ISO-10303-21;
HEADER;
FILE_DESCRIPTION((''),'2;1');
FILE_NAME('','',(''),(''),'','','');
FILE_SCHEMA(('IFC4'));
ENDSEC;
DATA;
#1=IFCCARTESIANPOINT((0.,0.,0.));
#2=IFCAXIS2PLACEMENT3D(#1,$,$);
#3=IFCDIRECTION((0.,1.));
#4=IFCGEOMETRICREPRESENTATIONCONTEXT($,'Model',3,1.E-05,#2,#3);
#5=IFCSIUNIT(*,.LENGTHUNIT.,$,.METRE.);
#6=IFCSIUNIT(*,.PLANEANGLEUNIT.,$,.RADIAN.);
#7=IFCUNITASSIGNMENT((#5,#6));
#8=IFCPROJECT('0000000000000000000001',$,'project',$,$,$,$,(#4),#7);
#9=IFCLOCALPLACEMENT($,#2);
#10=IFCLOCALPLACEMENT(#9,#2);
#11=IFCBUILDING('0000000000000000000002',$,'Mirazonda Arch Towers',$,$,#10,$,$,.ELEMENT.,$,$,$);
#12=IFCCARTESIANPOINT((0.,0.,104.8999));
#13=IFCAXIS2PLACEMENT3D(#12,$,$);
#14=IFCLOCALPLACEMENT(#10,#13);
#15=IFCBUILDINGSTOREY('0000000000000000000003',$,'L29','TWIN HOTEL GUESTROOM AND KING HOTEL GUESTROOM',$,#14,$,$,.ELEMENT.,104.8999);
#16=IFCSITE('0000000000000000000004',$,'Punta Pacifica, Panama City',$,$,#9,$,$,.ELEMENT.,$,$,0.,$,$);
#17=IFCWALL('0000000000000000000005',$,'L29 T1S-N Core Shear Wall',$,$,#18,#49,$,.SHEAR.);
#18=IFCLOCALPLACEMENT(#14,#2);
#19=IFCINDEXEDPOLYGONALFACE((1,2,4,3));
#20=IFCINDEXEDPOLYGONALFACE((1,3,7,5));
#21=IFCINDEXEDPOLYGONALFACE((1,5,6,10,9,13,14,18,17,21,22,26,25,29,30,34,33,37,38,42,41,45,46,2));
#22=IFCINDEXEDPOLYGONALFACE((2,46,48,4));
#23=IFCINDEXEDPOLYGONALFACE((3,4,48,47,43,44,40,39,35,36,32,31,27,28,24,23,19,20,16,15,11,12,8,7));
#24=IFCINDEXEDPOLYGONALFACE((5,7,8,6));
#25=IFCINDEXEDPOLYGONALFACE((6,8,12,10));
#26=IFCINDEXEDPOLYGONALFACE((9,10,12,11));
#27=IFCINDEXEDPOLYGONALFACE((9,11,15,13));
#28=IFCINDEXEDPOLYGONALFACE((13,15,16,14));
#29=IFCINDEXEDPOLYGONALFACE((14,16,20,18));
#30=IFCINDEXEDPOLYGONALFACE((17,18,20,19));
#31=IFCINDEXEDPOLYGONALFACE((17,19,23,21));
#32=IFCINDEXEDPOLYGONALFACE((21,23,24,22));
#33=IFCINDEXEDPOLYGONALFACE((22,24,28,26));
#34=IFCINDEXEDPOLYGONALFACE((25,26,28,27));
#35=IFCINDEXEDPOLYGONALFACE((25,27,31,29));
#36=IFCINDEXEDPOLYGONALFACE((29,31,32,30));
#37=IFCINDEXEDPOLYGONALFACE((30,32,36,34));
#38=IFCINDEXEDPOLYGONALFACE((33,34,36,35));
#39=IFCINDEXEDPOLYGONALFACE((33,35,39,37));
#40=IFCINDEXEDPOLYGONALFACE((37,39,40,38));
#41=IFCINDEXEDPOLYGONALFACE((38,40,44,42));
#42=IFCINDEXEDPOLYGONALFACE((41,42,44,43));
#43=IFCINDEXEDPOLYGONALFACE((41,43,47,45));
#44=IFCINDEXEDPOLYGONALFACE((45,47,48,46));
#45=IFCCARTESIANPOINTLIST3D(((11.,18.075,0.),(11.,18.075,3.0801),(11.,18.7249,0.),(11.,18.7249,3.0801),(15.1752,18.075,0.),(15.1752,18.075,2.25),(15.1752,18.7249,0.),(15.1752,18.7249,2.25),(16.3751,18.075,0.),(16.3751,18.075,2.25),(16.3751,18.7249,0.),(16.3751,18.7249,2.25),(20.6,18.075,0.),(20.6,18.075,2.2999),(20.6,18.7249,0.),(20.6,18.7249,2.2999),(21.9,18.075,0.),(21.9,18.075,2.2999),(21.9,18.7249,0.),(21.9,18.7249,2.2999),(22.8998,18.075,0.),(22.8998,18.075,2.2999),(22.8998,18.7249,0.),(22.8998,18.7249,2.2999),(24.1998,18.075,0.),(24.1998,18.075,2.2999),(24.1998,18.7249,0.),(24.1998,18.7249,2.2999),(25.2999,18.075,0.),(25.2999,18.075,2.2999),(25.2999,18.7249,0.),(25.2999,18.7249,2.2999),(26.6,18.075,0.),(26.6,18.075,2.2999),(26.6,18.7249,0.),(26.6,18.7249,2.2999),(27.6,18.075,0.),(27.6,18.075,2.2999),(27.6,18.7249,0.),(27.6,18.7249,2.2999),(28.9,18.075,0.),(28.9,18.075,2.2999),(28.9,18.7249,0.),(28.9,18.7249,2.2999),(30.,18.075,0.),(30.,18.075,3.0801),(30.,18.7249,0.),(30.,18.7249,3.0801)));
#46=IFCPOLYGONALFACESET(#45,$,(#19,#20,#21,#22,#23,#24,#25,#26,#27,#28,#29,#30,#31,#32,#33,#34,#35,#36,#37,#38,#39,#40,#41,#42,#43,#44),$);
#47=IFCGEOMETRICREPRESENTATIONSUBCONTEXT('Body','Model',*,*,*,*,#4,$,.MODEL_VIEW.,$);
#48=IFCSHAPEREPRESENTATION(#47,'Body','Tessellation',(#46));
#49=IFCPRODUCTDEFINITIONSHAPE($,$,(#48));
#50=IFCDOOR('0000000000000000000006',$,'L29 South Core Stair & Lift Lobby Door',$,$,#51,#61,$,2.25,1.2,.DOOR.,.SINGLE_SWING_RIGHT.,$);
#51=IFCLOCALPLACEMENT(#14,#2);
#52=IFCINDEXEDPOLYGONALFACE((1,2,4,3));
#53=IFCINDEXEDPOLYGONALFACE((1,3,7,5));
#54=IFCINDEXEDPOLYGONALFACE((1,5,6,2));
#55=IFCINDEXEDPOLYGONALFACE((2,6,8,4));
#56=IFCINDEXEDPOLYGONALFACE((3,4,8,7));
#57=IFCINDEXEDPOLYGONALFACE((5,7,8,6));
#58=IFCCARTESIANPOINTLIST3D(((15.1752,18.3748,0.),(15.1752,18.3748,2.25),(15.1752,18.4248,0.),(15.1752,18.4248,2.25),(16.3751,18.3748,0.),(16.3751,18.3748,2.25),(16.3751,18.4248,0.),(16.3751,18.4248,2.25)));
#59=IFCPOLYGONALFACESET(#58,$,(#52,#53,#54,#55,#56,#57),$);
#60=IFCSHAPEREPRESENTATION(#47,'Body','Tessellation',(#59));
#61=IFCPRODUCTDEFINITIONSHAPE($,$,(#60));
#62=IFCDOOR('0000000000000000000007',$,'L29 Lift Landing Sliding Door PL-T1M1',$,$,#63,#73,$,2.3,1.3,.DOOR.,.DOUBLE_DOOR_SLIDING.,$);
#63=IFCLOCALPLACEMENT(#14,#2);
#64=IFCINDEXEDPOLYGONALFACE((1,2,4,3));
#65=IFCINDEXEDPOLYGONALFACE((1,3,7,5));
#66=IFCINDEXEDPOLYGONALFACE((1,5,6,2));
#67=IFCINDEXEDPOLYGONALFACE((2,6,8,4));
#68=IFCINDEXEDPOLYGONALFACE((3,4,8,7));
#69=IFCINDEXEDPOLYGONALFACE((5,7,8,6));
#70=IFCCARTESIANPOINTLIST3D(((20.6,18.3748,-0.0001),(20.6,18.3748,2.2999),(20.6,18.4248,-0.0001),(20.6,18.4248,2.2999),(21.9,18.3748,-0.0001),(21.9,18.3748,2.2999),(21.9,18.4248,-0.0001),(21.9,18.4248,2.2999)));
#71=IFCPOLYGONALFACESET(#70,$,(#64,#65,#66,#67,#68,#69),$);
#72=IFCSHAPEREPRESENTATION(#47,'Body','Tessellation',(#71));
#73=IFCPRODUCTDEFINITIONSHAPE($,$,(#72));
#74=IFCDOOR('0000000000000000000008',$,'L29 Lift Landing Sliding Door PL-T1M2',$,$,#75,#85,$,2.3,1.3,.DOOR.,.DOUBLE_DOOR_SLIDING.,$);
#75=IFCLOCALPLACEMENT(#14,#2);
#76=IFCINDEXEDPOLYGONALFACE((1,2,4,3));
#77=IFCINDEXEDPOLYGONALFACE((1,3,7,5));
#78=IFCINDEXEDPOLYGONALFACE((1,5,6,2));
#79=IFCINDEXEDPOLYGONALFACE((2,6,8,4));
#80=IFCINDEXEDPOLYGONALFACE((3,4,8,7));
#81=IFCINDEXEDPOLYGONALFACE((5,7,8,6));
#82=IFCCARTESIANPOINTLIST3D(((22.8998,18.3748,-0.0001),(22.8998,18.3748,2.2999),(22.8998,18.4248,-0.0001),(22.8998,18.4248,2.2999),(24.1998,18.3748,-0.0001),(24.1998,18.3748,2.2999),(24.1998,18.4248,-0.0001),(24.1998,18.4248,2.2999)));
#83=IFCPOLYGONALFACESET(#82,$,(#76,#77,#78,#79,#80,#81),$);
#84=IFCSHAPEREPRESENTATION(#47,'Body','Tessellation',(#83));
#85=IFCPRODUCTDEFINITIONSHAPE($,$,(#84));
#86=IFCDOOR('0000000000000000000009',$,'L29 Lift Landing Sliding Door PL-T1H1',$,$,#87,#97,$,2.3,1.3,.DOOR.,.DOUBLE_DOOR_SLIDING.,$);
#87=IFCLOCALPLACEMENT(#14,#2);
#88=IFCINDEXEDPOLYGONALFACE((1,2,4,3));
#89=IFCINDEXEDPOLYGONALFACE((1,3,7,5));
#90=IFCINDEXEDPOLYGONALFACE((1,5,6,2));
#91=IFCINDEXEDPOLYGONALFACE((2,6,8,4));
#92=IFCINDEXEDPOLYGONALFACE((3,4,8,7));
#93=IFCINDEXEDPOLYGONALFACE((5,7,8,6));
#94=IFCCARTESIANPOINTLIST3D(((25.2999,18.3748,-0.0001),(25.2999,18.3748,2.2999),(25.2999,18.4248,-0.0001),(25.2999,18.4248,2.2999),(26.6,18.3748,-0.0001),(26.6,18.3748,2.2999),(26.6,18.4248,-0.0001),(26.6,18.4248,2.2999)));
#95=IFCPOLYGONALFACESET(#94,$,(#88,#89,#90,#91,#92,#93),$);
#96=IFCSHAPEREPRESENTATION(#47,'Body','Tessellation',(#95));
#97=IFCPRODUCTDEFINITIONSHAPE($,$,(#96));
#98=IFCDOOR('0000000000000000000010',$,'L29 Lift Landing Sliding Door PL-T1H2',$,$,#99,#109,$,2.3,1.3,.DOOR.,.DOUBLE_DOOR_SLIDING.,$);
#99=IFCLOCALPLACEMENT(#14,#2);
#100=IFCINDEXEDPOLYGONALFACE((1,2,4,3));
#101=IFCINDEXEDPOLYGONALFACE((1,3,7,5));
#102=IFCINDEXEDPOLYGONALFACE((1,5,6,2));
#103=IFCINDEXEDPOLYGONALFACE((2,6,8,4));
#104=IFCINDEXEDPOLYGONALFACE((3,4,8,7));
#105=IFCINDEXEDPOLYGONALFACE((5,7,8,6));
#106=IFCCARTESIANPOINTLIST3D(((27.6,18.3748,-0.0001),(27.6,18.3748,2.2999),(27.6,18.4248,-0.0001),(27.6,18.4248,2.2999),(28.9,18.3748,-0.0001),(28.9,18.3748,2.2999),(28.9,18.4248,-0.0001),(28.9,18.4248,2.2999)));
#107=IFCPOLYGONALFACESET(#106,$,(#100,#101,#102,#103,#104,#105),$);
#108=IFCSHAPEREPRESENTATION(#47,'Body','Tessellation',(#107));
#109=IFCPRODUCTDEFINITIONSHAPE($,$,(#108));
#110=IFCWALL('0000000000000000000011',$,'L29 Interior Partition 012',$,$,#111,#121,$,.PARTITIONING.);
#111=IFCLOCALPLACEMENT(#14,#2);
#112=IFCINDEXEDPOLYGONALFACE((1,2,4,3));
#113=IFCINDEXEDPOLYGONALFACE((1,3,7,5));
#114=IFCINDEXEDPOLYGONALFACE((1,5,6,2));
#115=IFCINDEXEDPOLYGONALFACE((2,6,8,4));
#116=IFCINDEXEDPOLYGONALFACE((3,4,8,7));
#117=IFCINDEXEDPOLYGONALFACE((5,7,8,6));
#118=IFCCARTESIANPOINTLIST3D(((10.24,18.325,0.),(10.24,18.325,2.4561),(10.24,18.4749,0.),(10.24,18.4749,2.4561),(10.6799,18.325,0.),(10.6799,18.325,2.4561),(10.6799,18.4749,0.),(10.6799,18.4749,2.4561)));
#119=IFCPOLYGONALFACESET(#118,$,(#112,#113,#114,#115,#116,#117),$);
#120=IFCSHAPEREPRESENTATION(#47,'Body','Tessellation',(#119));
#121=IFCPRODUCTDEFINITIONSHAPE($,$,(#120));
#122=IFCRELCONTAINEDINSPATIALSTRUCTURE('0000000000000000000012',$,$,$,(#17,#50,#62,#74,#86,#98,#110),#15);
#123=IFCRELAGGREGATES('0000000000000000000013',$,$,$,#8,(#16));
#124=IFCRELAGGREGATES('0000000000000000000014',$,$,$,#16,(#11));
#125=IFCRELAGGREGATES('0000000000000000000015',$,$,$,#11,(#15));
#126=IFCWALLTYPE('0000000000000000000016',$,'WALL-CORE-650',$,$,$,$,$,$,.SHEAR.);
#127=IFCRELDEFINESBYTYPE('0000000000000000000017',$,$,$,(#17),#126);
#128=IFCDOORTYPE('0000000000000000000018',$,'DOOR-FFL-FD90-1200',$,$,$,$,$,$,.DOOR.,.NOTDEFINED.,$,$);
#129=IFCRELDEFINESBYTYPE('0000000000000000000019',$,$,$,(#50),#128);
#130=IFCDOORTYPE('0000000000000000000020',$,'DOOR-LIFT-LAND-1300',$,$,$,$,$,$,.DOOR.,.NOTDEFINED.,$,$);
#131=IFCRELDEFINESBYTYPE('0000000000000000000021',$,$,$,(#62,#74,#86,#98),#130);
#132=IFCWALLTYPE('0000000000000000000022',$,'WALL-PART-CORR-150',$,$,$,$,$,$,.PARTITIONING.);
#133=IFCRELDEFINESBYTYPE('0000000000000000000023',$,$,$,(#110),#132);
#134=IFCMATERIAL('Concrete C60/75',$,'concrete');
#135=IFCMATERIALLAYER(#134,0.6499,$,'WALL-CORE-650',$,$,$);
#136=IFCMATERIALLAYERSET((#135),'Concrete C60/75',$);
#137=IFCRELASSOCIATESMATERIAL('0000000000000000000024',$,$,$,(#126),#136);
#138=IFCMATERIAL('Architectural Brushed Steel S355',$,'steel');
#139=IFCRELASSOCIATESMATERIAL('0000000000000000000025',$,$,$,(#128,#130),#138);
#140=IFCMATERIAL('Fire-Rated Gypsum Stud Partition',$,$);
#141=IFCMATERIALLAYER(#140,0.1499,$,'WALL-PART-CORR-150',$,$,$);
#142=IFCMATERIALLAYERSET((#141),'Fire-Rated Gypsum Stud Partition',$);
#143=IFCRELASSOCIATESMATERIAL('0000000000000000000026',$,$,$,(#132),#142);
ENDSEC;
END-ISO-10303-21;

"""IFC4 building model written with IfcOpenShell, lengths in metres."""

from ifc_helpers import new_model, si_unit, direction, frame, frame_2d, origin, place, context, subcontext, project, spatial, rectangle, extrude, material, layer, layer_set, type_object, element, fill, save


model = new_model("IFC4")

# Units and contexts
model_context = context("Model", 3, precision=1e-05, world=origin(), true_north=direction((0.0, 1.0)))
body_context = subcontext(model_context, "Body", "Model", "MODEL_VIEW")
ifc_project = project(units=[si_unit("LENGTHUNIT", "METRE"), si_unit("PLANEANGLEUNIT", "RADIAN")], contexts=[model_context])

# Site, building, storey
site_placement = place(None, origin())
site = spatial("IfcSite", under=ifc_project, at=site_placement, Name="Punta Pacifica, Panama City", CompositionType="ELEMENT", RefElevation=0.0)
building_placement = place(site_placement, origin())
building = spatial("IfcBuilding", under=site, at=building_placement, Name="Mirazonda Arch Towers", CompositionType="ELEMENT")
storey_placement = place(building_placement, frame((0.0, 0.0, 104.8999)))
storey = spatial("IfcBuildingStorey", under=building, at=storey_placement, Name="L29", Description="TWIN HOTEL GUESTROOM AND KING HOTEL GUESTROOM", CompositionType="ELEMENT", Elevation=104.8999)

# Shared definitions
ifc_material_1 = material(Name="Architectural Brushed Steel S355", Category="steel")

# Wall, openings, doors
ifc_material_2 = material(Name="Concrete C60/75", Category="concrete")
ifc_layer_1 = layer(ifc_material_2, 0.6499, Name="WALL-CORE-650")
ifc_layer_set_1 = layer_set([ifc_layer_1], Name="Concrete C60/75")
wall_type_1 = type_object("IfcWallType", Name="WALL-CORE-650", PredefinedType="SHEAR", material=ifc_layer_set_1)
wall_1_placement = place(storey_placement, frame((11.0, 18.3999, 0.0), z_axis=(0.0, 0.0, 1.0), x_axis=(1.0, 0.0, 0.0)))
wall_1 = element("IfcWall", 1, at=wall_1_placement, inside=storey, type_object=wall_type_1, Name="L29 T1S-N Core Shear Wall", PredefinedType="SHEAR", context=body_context, shape_type="SweptSolid", body=[
    extrude(rectangle(XDim=19.0, YDim=0.6499, at=frame_2d((9.5, 0.0))), origin(), (0.0, 0.0, 1.0), 3.0801),
])
opening_1_placement = place(wall_1_placement, frame((4.175, 0.0, 0.0)))
opening_1 = element("IfcOpeningElement", 2, at=opening_1_placement, cuts=wall_1, PredefinedType="OPENING", context=body_context, shape_type="SweptSolid", body=[
    extrude(rectangle(XDim=1.2, YDim=2.25, at=frame_2d((0.6001, 1.125))), frame((0.0, 0.335, 0.0), z_axis=(0.0, -1.0, 0.0), x_axis=(1.0, 0.0, 0.0)), (0.0, 0.0, 1.0), 0.6699),
])
opening_2_placement = place(wall_1_placement, frame((9.6001, 0.0, 0.0)))
opening_2 = element("IfcOpeningElement", 3, at=opening_2_placement, cuts=wall_1, PredefinedType="OPENING", context=body_context, shape_type="SweptSolid", body=[
    extrude(rectangle(XDim=1.3, YDim=2.3, at=frame_2d((0.6499, 1.1499))), frame((0.0, 0.335, 0.0), z_axis=(0.0, -1.0, 0.0), x_axis=(1.0, 0.0, 0.0)), (0.0, 0.0, 1.0), 0.6699),
])
opening_3_placement = place(wall_1_placement, frame((11.8999, 0.0, 0.0)))
opening_3 = element("IfcOpeningElement", 4, at=opening_3_placement, cuts=wall_1, PredefinedType="OPENING", context=body_context, shape_type="SweptSolid", body=[
    extrude(rectangle(XDim=1.3, YDim=2.3, at=frame_2d((0.6499, 1.1499))), frame((0.0, 0.335, 0.0), z_axis=(0.0, -1.0, 0.0), x_axis=(1.0, 0.0, 0.0)), (0.0, 0.0, 1.0), 0.6699),
])
opening_4_placement = place(wall_1_placement, frame((14.3, 0.0, 0.0)))
opening_4 = element("IfcOpeningElement", 5, at=opening_4_placement, cuts=wall_1, PredefinedType="OPENING", context=body_context, shape_type="SweptSolid", body=[
    extrude(rectangle(XDim=1.3, YDim=2.3, at=frame_2d((0.6499, 1.1499))), frame((0.0, 0.335, 0.0), z_axis=(0.0, -1.0, 0.0), x_axis=(1.0, 0.0, 0.0)), (0.0, 0.0, 1.0), 0.6699),
])
opening_5_placement = place(wall_1_placement, frame((16.6001, 0.0, 0.0)))
opening_5 = element("IfcOpeningElement", 6, at=opening_5_placement, cuts=wall_1, PredefinedType="OPENING", context=body_context, shape_type="SweptSolid", body=[
    extrude(rectangle(XDim=1.3, YDim=2.3, at=frame_2d((0.6499, 1.1499))), frame((0.0, 0.335, 0.0), z_axis=(0.0, -1.0, 0.0), x_axis=(1.0, 0.0, 0.0)), (0.0, 0.0, 1.0), 0.6699),
])
door_type_1 = type_object("IfcDoorType", Name="DOOR-FFL-FD90-1200", OperationType="NOTDEFINED", PredefinedType="DOOR", material=ifc_material_1)
door_1_placement = place(opening_1_placement, origin())
door_1 = element("IfcDoor", 7, at=door_1_placement, inside=storey, type_object=door_type_1, Name="L29 South Core Stair & Lift Lobby Door", OperationType="SINGLE_SWING_RIGHT", OverallHeight=2.25, OverallWidth=1.2, PredefinedType="DOOR", context=body_context, shape_type="SweptSolid", body=[
    extrude(rectangle(XDim=1.2, YDim=2.25, at=frame_2d((0.6001, 1.125))), frame((0.0, 0.0249, 0.0), z_axis=(0.0, -1.0, 0.0), x_axis=(1.0, 0.0, 0.0)), (0.0, 0.0, 1.0), 0.05),
])
fill(opening_1, door_1)
door_type_2 = type_object("IfcDoorType", Name="DOOR-LIFT-LAND-1300", OperationType="NOTDEFINED", PredefinedType="DOOR", material=ifc_material_1)
door_2_placement = place(opening_2_placement, origin())
door_2 = element("IfcDoor", 8, at=door_2_placement, inside=storey, type_object=door_type_2, Name="L29 Lift Landing Sliding Door PL-T1M1", OperationType="DOUBLE_DOOR_SLIDING", OverallHeight=2.3, OverallWidth=1.3, PredefinedType="DOOR", context=body_context, shape_type="SweptSolid", body=[
    extrude(rectangle(XDim=1.3, YDim=2.3, at=frame_2d((0.6499, 1.1499))), frame((0.0, 0.0249, 0.0), z_axis=(0.0, -1.0, 0.0), x_axis=(1.0, 0.0, 0.0)), (0.0, 0.0, 1.0), 0.05),
])
fill(opening_2, door_2)
door_3_placement = place(opening_3_placement, origin())
door_3 = element("IfcDoor", 9, at=door_3_placement, inside=storey, type_object=door_type_2, Name="L29 Lift Landing Sliding Door PL-T1M2", OperationType="DOUBLE_DOOR_SLIDING", OverallHeight=2.3, OverallWidth=1.3, PredefinedType="DOOR", context=body_context, shape_type="SweptSolid", body=[
    extrude(rectangle(XDim=1.3, YDim=2.3, at=frame_2d((0.6499, 1.1499))), frame((0.0, 0.0249, 0.0), z_axis=(0.0, -1.0, 0.0), x_axis=(1.0, 0.0, 0.0)), (0.0, 0.0, 1.0), 0.05),
])
fill(opening_3, door_3)
door_4_placement = place(opening_4_placement, origin())
door_4 = element("IfcDoor", 10, at=door_4_placement, inside=storey, type_object=door_type_2, Name="L29 Lift Landing Sliding Door PL-T1H1", OperationType="DOUBLE_DOOR_SLIDING", OverallHeight=2.3, OverallWidth=1.3, PredefinedType="DOOR", context=body_context, shape_type="SweptSolid", body=[
    extrude(rectangle(XDim=1.3, YDim=2.3, at=frame_2d((0.6499, 1.1499))), frame((0.0, 0.0249, 0.0), z_axis=(0.0, -1.0, 0.0), x_axis=(1.0, 0.0, 0.0)), (0.0, 0.0, 1.0), 0.05),
])
fill(opening_4, door_4)
door_5_placement = place(opening_5_placement, origin())
door_5 = element("IfcDoor", 11, at=door_5_placement, inside=storey, type_object=door_type_2, Name="L29 Lift Landing Sliding Door PL-T1H2", OperationType="DOUBLE_DOOR_SLIDING", OverallHeight=2.3, OverallWidth=1.3, PredefinedType="DOOR", context=body_context, shape_type="SweptSolid", body=[
    extrude(rectangle(XDim=1.3, YDim=2.3, at=frame_2d((0.6499, 1.1499))), frame((0.0, 0.0249, 0.0), z_axis=(0.0, -1.0, 0.0), x_axis=(1.0, 0.0, 0.0)), (0.0, 0.0, 1.0), 0.05),
])
fill(opening_5, door_5)

# Wall
ifc_material_3 = material(Name="Fire-Rated Gypsum Stud Partition")
ifc_layer_2 = layer(ifc_material_3, 0.1499, Name="WALL-PART-CORR-150")
ifc_layer_set_2 = layer_set([ifc_layer_2], Name="Fire-Rated Gypsum Stud Partition")
wall_type_2 = type_object("IfcWallType", Name="WALL-PART-CORR-150", PredefinedType="PARTITIONING", material=ifc_layer_set_2)
wall_2_placement = place(storey_placement, frame((10.24, 18.3999, 0.0), z_axis=(0.0, 0.0, 1.0), x_axis=(1.0, 0.0, 0.0)))
element("IfcWall", 12, at=wall_2_placement, inside=storey, type_object=wall_type_2, Name="L29 Interior Partition 012", PredefinedType="PARTITIONING", context=body_context, shape_type="SweptSolid", body=[
    extrude(rectangle(XDim=0.4399, YDim=0.1499, at=frame_2d((0.22, 0.0))), origin(), (0.0, 0.0, 1.0), 2.4561),
])

save(model, "model.ifc")
